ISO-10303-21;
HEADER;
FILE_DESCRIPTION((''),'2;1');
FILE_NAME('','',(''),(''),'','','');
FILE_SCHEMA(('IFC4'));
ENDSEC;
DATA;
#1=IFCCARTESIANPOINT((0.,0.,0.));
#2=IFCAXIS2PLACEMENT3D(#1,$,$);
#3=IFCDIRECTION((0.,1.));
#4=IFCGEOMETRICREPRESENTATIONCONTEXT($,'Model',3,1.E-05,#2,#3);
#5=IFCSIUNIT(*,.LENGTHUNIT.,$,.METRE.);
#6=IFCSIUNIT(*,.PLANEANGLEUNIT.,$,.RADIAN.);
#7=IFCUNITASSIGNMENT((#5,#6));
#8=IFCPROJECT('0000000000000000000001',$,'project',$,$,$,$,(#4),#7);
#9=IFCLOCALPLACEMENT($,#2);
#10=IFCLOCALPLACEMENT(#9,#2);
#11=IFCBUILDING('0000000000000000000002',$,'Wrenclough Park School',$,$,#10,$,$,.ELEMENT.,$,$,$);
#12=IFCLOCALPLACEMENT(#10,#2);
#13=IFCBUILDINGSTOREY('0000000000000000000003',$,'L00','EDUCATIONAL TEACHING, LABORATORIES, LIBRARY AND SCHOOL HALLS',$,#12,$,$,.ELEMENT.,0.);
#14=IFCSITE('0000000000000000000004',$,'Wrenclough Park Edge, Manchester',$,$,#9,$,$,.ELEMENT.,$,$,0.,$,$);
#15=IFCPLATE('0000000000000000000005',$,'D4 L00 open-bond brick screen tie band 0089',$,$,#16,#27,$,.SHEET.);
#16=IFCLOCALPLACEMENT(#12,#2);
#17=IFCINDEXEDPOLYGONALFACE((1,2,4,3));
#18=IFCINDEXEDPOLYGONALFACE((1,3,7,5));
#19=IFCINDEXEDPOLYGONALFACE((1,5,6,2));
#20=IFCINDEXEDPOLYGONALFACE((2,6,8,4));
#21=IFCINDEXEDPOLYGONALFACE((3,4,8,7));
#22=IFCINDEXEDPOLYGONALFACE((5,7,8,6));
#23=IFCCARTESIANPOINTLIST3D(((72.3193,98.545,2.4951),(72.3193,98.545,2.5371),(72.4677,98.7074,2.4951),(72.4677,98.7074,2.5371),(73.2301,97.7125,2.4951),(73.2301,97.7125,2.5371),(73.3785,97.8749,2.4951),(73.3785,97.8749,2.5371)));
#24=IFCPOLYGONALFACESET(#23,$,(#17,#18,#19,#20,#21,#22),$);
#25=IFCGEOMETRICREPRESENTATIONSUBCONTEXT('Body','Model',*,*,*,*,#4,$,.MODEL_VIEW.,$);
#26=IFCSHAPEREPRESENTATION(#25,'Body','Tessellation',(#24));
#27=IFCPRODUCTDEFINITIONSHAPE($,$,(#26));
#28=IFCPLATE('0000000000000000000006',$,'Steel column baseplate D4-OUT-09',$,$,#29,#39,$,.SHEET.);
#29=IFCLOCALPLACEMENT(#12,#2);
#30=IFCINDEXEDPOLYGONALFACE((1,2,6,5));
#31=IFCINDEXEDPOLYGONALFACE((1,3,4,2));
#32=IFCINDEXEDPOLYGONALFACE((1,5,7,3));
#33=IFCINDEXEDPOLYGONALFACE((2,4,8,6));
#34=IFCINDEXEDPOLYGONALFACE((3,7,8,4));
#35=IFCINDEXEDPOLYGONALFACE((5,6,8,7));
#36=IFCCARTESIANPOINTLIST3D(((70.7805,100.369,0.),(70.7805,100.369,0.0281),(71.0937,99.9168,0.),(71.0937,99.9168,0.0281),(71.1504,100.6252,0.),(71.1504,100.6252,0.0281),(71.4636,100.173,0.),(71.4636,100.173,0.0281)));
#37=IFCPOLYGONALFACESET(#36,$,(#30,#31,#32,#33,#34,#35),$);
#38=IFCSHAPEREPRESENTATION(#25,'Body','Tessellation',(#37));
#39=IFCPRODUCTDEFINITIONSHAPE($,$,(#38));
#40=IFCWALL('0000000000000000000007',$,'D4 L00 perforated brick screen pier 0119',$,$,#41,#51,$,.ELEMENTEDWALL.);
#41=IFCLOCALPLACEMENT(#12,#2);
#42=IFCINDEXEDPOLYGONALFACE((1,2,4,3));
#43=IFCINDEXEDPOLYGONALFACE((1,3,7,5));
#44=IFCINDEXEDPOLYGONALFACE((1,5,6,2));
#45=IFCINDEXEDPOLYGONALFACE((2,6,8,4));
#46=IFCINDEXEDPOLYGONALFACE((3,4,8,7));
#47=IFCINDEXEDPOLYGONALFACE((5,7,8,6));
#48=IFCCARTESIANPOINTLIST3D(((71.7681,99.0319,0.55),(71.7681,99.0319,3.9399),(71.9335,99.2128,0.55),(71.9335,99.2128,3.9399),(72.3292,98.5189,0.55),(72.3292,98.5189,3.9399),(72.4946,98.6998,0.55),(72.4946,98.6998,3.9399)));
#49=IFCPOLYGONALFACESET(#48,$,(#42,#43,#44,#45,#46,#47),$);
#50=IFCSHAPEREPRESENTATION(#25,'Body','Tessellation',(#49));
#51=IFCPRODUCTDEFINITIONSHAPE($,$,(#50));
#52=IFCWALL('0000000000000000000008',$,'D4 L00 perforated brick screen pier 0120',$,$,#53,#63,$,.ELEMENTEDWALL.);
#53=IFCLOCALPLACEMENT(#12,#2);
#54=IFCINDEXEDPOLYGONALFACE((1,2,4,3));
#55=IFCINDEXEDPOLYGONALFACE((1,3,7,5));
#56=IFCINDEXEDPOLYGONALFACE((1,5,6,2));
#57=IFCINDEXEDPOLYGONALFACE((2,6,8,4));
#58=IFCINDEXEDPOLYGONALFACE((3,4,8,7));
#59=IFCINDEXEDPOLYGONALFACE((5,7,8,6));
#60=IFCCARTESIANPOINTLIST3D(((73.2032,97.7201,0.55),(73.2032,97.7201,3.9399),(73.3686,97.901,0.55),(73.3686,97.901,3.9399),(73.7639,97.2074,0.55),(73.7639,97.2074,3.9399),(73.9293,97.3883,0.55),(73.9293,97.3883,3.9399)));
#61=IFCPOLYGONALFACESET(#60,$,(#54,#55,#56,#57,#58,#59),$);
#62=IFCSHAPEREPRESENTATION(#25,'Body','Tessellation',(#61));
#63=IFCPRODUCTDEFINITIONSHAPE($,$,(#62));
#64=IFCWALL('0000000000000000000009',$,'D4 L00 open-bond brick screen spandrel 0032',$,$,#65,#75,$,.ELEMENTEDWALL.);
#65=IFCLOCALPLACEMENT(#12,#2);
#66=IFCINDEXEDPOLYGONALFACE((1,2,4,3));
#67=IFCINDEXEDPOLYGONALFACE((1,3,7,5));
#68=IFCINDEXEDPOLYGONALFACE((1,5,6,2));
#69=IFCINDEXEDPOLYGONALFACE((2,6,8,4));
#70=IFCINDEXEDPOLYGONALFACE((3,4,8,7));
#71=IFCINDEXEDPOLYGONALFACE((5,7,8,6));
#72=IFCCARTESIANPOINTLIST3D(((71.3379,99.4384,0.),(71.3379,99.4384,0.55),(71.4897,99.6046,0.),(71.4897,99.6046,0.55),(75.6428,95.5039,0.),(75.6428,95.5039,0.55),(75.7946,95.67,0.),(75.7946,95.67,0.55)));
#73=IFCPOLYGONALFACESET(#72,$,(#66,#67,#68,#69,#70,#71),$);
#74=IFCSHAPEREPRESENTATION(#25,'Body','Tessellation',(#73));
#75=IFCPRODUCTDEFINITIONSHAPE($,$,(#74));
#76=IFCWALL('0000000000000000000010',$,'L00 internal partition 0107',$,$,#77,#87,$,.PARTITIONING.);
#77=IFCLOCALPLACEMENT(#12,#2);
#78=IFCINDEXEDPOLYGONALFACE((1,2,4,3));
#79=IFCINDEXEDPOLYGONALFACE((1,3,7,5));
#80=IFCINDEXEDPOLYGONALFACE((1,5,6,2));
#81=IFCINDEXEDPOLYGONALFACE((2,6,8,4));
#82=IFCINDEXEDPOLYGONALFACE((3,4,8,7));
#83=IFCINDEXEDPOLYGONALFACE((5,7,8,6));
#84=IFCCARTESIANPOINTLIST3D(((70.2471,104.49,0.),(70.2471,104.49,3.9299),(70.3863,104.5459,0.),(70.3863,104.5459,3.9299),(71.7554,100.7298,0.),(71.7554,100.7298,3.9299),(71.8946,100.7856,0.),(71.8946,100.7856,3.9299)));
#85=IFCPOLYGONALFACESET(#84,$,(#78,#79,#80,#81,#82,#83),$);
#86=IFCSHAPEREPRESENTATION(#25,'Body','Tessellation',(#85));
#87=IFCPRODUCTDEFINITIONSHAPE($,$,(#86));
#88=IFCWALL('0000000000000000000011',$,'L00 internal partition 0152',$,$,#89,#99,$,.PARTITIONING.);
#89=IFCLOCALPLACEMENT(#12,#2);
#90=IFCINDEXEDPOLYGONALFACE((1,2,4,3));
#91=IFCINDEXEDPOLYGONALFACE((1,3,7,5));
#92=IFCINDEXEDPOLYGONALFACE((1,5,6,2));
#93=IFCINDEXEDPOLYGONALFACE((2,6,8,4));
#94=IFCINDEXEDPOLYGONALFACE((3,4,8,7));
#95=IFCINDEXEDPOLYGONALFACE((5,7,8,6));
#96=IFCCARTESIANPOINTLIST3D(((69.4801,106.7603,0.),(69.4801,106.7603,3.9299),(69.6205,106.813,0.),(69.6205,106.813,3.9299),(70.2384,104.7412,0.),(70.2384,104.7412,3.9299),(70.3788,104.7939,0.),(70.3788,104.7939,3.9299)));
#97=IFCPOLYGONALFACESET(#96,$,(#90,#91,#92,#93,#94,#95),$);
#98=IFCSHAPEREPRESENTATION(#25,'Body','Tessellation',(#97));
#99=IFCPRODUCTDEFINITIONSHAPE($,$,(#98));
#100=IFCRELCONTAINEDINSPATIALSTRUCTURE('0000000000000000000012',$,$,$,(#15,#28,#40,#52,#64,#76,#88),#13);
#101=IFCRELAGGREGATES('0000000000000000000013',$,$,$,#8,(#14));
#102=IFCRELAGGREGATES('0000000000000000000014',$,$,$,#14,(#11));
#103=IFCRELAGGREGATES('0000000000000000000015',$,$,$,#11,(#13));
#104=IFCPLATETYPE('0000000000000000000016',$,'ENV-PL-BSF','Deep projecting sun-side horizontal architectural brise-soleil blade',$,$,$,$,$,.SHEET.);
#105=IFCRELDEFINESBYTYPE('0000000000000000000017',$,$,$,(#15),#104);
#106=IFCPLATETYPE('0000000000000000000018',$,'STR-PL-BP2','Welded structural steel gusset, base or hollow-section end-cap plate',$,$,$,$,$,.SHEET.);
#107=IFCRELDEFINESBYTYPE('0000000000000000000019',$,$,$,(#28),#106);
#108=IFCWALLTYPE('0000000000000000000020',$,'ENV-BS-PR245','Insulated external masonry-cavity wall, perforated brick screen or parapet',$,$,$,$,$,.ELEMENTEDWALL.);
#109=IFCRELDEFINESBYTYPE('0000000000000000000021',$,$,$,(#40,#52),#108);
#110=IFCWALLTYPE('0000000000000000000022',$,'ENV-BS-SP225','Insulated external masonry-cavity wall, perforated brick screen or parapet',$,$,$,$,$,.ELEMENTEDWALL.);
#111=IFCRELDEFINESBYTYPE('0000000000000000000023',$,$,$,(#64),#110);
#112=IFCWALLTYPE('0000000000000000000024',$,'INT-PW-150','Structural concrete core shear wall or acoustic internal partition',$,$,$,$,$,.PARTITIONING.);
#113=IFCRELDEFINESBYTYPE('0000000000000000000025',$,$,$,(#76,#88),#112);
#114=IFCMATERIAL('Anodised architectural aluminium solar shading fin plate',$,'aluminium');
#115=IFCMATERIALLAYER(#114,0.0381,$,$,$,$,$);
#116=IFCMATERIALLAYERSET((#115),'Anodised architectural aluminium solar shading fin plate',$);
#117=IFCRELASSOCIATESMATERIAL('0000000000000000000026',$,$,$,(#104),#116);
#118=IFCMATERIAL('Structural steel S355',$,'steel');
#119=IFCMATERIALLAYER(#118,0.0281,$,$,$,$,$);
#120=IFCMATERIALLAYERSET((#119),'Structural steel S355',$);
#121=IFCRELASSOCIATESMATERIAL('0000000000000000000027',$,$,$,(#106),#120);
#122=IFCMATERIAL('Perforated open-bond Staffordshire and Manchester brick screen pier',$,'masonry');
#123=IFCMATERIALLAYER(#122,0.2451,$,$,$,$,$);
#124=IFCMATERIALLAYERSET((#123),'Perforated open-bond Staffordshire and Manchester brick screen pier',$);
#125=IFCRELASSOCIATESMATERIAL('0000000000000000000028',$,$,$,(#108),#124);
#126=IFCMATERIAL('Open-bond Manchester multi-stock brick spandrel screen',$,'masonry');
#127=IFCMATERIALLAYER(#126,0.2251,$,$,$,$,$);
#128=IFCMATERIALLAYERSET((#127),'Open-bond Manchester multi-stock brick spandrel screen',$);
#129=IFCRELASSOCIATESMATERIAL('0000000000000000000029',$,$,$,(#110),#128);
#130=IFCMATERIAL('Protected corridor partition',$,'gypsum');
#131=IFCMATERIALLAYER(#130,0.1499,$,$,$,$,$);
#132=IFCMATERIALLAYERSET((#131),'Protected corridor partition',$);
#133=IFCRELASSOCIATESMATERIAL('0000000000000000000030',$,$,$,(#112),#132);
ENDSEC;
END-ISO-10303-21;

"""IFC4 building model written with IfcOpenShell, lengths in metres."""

from ifc_helpers import new_model, si_unit, direction, frame, frame_2d, origin, origin_2d, place, context, subcontext, project, spatial, rectangle, extrude, material, layer, layer_set, type_object, element, save


model = new_model("IFC4")

# Units and contexts
model_context = context("Model", 3, precision=1e-05, world=origin(), true_north=direction((0.0, 1.0)))
body_context = subcontext(model_context, "Body", "Model", "MODEL_VIEW")
ifc_project = project(units=[si_unit("LENGTHUNIT", "METRE"), si_unit("PLANEANGLEUNIT", "RADIAN")], contexts=[model_context])

# Site, building, storey
site_placement = place(None, origin())
site = spatial("IfcSite", under=ifc_project, at=site_placement, Name="Wrenclough Park Edge, Manchester", CompositionType="ELEMENT", RefElevation=0.0)
building_placement = place(site_placement, origin())
building = spatial("IfcBuilding", under=site, at=building_placement, Name="Wrenclough Park School", CompositionType="ELEMENT")
storey_placement = place(building_placement, origin())
storey = spatial("IfcBuildingStorey", under=building, at=storey_placement, Name="L00", Description="EDUCATIONAL TEACHING, LABORATORIES, LIBRARY AND SCHOOL HALLS", CompositionType="ELEMENT", Elevation=0.0)

# Shared definitions
ifc_material_1 = material(Name="Structural steel S355", Category="steel")

# Plates
ifc_material_2 = material(Name="Anodised architectural aluminium solar shading fin plate", Category="aluminium")
ifc_layer_1 = layer(ifc_material_2, 0.0381)
ifc_layer_set_1 = layer_set([ifc_layer_1], Name="Anodised architectural aluminium solar shading fin plate")
plate_type_1 = type_object("IfcPlateType", Name="ENV-PL-BSF", Description="Deep projecting sun-side horizontal architectural brise-soleil blade", PredefinedType="SHEET", material=ifc_layer_set_1)
plate_1_placement = place(storey_placement, frame((72.8489, 98.21, 2.4951), z_axis=(0.0, 0.0, 1.0), x_axis=(0.738123, -0.674666, 0.0)))
element("IfcPlate", 1, at=plate_1_placement, inside=storey, type_object=plate_type_1, Name="D4 L00 open-bond brick screen tie band 0089", PredefinedType="SHEET", context=body_context, shape_type="SweptSolid", body=[
    extrude(rectangle(XDim=1.2339, YDim=0.22, at=origin_2d()), origin(), (0.0, 0.0, 1.0), 0.042),
])
ifc_layer_2 = layer(ifc_material_1, 0.0281)
ifc_layer_set_2 = layer_set([ifc_layer_2], Name="Structural steel S355")
plate_type_2 = type_object("IfcPlateType", Name="STR-PL-BP2", Description="Welded structural steel gusset, base or hollow-section end-cap plate", PredefinedType="SHEET", material=ifc_layer_set_2)
plate_2_placement = place(storey_placement, frame((71.1221, 100.271, 0.0), z_axis=(0.0, 0.0, 1.0), x_axis=(0.569423, -0.822045, 0.0)))
element("IfcPlate", 2, at=plate_2_placement, inside=storey, type_object=plate_type_2, Name="Steel column baseplate D4-OUT-09", PredefinedType="SHEET", context=body_context, shape_type="SweptSolid", body=[
    extrude(rectangle(XDim=0.55, YDim=0.45, at=origin_2d()), origin(), (0.0, 0.0, 1.0), 0.0281),
])

# Walls
ifc_material_3 = material(Name="Perforated open-bond Staffordshire and Manchester brick screen pier", Category="masonry")
ifc_layer_3 = layer(ifc_material_3, 0.2451)
ifc_layer_set_3 = layer_set([ifc_layer_3], Name="Perforated open-bond Staffordshire and Manchester brick screen pier")
wall_type_1 = type_object("IfcWallType", Name="ENV-BS-PR245", Description="Insulated external masonry-cavity wall, perforated brick screen or parapet", PredefinedType="ELEMENTEDWALL", material=ifc_layer_set_3)
wall_1_placement = place(storey_placement, frame((71.8508, 99.1223, 0.55), z_axis=(0.0, 0.0, 1.0), x_axis=(0.738033, -0.674764, 0.0)))
element("IfcWall", 3, at=wall_1_placement, inside=storey, type_object=wall_type_1, Name="D4 L00 perforated brick screen pier 0119", PredefinedType="ELEMENTEDWALL", context=body_context, shape_type="SweptSolid", body=[
    extrude(rectangle(XDim=0.7603, YDim=0.2451, at=frame_2d((0.3801, 0.0))), origin(), (0.0, 0.0, 1.0), 3.3899),
])
wall_2_placement = place(storey_placement, frame((73.2859, 97.8105, 0.55), z_axis=(0.0, 0.0, 1.0), x_axis=(0.738047, -0.674749, 0.0)))
element("IfcWall", 4, at=wall_2_placement, inside=storey, type_object=wall_type_1, Name="D4 L00 perforated brick screen pier 0120", PredefinedType="ELEMENTEDWALL", context=body_context, shape_type="SweptSolid", body=[
    extrude(rectangle(XDim=0.7598, YDim=0.2451, at=frame_2d((0.3799, 0.0))), origin(), (0.0, 0.0, 1.0), 3.3899),
])
ifc_material_4 = material(Name="Open-bond Manchester multi-stock brick spandrel screen", Category="masonry")
ifc_layer_4 = layer(ifc_material_4, 0.2251)
ifc_layer_set_4 = layer_set([ifc_layer_4], Name="Open-bond Manchester multi-stock brick spandrel screen")
wall_type_2 = type_object("IfcWallType", Name="ENV-BS-SP225", Description="Insulated external masonry-cavity wall, perforated brick screen or parapet", PredefinedType="ELEMENTEDWALL", material=ifc_layer_set_4)
wall_3_placement = place(storey_placement, frame((71.4138, 99.5215, 0.0), z_axis=(0.0, 0.0, 1.0), x_axis=(0.738146, -0.674642, 0.0)))
element("IfcWall", 5, at=wall_3_placement, inside=storey, type_object=wall_type_2, Name="D4 L00 open-bond brick screen spandrel 0032", PredefinedType="ELEMENTEDWALL", context=body_context, shape_type="SweptSolid", body=[
    extrude(rectangle(XDim=5.832, YDim=0.2251, at=frame_2d((2.916, 0.0))), origin(), (0.0, 0.0, 1.0), 0.55),
])
ifc_material_5 = material(Name="Protected corridor partition", Category="gypsum")
ifc_layer_5 = layer(ifc_material_5, 0.1499)
ifc_layer_set_5 = layer_set([ifc_layer_5], Name="Protected corridor partition")
wall_type_3 = type_object("IfcWallType", Name="INT-PW-150", Description="Structural concrete core shear wall or acoustic internal partition", PredefinedType="PARTITIONING", material=ifc_layer_set_5)
wall_4_placement = place(storey_placement, frame((70.3167, 104.5181, 0.0), z_axis=(0.0, 0.0, 1.0), x_axis=(0.372284, -0.928119, 0.0)))
element("IfcWall", 6, at=wall_4_placement, inside=storey, type_object=wall_type_3, Name="L00 internal partition 0107", PredefinedType="PARTITIONING", context=body_context, shape_type="SweptSolid", body=[
    extrude(rectangle(XDim=4.0515, YDim=0.1499, at=frame_2d((2.0259, 0.0))), origin(), (0.0, 0.0, 1.0), 3.9299),
])
wall_5_placement = place(storey_placement, frame((70.3086, 104.7676, 0.0), z_axis=(0.0, 0.0, 1.0), x_axis=(-0.351595, 0.936152, 0.0)))
element("IfcWall", 7, at=wall_5_placement, inside=storey, type_object=wall_type_3, Name="L00 internal partition 0152", PredefinedType="PARTITIONING", context=body_context, shape_type="SweptSolid", body=[
    extrude(rectangle(XDim=2.1567, YDim=0.1499, at=frame_2d((1.0784, 0.0))), origin(), (0.0, 0.0, 1.0), 3.9299),
])

save(model, "model.ifc")
